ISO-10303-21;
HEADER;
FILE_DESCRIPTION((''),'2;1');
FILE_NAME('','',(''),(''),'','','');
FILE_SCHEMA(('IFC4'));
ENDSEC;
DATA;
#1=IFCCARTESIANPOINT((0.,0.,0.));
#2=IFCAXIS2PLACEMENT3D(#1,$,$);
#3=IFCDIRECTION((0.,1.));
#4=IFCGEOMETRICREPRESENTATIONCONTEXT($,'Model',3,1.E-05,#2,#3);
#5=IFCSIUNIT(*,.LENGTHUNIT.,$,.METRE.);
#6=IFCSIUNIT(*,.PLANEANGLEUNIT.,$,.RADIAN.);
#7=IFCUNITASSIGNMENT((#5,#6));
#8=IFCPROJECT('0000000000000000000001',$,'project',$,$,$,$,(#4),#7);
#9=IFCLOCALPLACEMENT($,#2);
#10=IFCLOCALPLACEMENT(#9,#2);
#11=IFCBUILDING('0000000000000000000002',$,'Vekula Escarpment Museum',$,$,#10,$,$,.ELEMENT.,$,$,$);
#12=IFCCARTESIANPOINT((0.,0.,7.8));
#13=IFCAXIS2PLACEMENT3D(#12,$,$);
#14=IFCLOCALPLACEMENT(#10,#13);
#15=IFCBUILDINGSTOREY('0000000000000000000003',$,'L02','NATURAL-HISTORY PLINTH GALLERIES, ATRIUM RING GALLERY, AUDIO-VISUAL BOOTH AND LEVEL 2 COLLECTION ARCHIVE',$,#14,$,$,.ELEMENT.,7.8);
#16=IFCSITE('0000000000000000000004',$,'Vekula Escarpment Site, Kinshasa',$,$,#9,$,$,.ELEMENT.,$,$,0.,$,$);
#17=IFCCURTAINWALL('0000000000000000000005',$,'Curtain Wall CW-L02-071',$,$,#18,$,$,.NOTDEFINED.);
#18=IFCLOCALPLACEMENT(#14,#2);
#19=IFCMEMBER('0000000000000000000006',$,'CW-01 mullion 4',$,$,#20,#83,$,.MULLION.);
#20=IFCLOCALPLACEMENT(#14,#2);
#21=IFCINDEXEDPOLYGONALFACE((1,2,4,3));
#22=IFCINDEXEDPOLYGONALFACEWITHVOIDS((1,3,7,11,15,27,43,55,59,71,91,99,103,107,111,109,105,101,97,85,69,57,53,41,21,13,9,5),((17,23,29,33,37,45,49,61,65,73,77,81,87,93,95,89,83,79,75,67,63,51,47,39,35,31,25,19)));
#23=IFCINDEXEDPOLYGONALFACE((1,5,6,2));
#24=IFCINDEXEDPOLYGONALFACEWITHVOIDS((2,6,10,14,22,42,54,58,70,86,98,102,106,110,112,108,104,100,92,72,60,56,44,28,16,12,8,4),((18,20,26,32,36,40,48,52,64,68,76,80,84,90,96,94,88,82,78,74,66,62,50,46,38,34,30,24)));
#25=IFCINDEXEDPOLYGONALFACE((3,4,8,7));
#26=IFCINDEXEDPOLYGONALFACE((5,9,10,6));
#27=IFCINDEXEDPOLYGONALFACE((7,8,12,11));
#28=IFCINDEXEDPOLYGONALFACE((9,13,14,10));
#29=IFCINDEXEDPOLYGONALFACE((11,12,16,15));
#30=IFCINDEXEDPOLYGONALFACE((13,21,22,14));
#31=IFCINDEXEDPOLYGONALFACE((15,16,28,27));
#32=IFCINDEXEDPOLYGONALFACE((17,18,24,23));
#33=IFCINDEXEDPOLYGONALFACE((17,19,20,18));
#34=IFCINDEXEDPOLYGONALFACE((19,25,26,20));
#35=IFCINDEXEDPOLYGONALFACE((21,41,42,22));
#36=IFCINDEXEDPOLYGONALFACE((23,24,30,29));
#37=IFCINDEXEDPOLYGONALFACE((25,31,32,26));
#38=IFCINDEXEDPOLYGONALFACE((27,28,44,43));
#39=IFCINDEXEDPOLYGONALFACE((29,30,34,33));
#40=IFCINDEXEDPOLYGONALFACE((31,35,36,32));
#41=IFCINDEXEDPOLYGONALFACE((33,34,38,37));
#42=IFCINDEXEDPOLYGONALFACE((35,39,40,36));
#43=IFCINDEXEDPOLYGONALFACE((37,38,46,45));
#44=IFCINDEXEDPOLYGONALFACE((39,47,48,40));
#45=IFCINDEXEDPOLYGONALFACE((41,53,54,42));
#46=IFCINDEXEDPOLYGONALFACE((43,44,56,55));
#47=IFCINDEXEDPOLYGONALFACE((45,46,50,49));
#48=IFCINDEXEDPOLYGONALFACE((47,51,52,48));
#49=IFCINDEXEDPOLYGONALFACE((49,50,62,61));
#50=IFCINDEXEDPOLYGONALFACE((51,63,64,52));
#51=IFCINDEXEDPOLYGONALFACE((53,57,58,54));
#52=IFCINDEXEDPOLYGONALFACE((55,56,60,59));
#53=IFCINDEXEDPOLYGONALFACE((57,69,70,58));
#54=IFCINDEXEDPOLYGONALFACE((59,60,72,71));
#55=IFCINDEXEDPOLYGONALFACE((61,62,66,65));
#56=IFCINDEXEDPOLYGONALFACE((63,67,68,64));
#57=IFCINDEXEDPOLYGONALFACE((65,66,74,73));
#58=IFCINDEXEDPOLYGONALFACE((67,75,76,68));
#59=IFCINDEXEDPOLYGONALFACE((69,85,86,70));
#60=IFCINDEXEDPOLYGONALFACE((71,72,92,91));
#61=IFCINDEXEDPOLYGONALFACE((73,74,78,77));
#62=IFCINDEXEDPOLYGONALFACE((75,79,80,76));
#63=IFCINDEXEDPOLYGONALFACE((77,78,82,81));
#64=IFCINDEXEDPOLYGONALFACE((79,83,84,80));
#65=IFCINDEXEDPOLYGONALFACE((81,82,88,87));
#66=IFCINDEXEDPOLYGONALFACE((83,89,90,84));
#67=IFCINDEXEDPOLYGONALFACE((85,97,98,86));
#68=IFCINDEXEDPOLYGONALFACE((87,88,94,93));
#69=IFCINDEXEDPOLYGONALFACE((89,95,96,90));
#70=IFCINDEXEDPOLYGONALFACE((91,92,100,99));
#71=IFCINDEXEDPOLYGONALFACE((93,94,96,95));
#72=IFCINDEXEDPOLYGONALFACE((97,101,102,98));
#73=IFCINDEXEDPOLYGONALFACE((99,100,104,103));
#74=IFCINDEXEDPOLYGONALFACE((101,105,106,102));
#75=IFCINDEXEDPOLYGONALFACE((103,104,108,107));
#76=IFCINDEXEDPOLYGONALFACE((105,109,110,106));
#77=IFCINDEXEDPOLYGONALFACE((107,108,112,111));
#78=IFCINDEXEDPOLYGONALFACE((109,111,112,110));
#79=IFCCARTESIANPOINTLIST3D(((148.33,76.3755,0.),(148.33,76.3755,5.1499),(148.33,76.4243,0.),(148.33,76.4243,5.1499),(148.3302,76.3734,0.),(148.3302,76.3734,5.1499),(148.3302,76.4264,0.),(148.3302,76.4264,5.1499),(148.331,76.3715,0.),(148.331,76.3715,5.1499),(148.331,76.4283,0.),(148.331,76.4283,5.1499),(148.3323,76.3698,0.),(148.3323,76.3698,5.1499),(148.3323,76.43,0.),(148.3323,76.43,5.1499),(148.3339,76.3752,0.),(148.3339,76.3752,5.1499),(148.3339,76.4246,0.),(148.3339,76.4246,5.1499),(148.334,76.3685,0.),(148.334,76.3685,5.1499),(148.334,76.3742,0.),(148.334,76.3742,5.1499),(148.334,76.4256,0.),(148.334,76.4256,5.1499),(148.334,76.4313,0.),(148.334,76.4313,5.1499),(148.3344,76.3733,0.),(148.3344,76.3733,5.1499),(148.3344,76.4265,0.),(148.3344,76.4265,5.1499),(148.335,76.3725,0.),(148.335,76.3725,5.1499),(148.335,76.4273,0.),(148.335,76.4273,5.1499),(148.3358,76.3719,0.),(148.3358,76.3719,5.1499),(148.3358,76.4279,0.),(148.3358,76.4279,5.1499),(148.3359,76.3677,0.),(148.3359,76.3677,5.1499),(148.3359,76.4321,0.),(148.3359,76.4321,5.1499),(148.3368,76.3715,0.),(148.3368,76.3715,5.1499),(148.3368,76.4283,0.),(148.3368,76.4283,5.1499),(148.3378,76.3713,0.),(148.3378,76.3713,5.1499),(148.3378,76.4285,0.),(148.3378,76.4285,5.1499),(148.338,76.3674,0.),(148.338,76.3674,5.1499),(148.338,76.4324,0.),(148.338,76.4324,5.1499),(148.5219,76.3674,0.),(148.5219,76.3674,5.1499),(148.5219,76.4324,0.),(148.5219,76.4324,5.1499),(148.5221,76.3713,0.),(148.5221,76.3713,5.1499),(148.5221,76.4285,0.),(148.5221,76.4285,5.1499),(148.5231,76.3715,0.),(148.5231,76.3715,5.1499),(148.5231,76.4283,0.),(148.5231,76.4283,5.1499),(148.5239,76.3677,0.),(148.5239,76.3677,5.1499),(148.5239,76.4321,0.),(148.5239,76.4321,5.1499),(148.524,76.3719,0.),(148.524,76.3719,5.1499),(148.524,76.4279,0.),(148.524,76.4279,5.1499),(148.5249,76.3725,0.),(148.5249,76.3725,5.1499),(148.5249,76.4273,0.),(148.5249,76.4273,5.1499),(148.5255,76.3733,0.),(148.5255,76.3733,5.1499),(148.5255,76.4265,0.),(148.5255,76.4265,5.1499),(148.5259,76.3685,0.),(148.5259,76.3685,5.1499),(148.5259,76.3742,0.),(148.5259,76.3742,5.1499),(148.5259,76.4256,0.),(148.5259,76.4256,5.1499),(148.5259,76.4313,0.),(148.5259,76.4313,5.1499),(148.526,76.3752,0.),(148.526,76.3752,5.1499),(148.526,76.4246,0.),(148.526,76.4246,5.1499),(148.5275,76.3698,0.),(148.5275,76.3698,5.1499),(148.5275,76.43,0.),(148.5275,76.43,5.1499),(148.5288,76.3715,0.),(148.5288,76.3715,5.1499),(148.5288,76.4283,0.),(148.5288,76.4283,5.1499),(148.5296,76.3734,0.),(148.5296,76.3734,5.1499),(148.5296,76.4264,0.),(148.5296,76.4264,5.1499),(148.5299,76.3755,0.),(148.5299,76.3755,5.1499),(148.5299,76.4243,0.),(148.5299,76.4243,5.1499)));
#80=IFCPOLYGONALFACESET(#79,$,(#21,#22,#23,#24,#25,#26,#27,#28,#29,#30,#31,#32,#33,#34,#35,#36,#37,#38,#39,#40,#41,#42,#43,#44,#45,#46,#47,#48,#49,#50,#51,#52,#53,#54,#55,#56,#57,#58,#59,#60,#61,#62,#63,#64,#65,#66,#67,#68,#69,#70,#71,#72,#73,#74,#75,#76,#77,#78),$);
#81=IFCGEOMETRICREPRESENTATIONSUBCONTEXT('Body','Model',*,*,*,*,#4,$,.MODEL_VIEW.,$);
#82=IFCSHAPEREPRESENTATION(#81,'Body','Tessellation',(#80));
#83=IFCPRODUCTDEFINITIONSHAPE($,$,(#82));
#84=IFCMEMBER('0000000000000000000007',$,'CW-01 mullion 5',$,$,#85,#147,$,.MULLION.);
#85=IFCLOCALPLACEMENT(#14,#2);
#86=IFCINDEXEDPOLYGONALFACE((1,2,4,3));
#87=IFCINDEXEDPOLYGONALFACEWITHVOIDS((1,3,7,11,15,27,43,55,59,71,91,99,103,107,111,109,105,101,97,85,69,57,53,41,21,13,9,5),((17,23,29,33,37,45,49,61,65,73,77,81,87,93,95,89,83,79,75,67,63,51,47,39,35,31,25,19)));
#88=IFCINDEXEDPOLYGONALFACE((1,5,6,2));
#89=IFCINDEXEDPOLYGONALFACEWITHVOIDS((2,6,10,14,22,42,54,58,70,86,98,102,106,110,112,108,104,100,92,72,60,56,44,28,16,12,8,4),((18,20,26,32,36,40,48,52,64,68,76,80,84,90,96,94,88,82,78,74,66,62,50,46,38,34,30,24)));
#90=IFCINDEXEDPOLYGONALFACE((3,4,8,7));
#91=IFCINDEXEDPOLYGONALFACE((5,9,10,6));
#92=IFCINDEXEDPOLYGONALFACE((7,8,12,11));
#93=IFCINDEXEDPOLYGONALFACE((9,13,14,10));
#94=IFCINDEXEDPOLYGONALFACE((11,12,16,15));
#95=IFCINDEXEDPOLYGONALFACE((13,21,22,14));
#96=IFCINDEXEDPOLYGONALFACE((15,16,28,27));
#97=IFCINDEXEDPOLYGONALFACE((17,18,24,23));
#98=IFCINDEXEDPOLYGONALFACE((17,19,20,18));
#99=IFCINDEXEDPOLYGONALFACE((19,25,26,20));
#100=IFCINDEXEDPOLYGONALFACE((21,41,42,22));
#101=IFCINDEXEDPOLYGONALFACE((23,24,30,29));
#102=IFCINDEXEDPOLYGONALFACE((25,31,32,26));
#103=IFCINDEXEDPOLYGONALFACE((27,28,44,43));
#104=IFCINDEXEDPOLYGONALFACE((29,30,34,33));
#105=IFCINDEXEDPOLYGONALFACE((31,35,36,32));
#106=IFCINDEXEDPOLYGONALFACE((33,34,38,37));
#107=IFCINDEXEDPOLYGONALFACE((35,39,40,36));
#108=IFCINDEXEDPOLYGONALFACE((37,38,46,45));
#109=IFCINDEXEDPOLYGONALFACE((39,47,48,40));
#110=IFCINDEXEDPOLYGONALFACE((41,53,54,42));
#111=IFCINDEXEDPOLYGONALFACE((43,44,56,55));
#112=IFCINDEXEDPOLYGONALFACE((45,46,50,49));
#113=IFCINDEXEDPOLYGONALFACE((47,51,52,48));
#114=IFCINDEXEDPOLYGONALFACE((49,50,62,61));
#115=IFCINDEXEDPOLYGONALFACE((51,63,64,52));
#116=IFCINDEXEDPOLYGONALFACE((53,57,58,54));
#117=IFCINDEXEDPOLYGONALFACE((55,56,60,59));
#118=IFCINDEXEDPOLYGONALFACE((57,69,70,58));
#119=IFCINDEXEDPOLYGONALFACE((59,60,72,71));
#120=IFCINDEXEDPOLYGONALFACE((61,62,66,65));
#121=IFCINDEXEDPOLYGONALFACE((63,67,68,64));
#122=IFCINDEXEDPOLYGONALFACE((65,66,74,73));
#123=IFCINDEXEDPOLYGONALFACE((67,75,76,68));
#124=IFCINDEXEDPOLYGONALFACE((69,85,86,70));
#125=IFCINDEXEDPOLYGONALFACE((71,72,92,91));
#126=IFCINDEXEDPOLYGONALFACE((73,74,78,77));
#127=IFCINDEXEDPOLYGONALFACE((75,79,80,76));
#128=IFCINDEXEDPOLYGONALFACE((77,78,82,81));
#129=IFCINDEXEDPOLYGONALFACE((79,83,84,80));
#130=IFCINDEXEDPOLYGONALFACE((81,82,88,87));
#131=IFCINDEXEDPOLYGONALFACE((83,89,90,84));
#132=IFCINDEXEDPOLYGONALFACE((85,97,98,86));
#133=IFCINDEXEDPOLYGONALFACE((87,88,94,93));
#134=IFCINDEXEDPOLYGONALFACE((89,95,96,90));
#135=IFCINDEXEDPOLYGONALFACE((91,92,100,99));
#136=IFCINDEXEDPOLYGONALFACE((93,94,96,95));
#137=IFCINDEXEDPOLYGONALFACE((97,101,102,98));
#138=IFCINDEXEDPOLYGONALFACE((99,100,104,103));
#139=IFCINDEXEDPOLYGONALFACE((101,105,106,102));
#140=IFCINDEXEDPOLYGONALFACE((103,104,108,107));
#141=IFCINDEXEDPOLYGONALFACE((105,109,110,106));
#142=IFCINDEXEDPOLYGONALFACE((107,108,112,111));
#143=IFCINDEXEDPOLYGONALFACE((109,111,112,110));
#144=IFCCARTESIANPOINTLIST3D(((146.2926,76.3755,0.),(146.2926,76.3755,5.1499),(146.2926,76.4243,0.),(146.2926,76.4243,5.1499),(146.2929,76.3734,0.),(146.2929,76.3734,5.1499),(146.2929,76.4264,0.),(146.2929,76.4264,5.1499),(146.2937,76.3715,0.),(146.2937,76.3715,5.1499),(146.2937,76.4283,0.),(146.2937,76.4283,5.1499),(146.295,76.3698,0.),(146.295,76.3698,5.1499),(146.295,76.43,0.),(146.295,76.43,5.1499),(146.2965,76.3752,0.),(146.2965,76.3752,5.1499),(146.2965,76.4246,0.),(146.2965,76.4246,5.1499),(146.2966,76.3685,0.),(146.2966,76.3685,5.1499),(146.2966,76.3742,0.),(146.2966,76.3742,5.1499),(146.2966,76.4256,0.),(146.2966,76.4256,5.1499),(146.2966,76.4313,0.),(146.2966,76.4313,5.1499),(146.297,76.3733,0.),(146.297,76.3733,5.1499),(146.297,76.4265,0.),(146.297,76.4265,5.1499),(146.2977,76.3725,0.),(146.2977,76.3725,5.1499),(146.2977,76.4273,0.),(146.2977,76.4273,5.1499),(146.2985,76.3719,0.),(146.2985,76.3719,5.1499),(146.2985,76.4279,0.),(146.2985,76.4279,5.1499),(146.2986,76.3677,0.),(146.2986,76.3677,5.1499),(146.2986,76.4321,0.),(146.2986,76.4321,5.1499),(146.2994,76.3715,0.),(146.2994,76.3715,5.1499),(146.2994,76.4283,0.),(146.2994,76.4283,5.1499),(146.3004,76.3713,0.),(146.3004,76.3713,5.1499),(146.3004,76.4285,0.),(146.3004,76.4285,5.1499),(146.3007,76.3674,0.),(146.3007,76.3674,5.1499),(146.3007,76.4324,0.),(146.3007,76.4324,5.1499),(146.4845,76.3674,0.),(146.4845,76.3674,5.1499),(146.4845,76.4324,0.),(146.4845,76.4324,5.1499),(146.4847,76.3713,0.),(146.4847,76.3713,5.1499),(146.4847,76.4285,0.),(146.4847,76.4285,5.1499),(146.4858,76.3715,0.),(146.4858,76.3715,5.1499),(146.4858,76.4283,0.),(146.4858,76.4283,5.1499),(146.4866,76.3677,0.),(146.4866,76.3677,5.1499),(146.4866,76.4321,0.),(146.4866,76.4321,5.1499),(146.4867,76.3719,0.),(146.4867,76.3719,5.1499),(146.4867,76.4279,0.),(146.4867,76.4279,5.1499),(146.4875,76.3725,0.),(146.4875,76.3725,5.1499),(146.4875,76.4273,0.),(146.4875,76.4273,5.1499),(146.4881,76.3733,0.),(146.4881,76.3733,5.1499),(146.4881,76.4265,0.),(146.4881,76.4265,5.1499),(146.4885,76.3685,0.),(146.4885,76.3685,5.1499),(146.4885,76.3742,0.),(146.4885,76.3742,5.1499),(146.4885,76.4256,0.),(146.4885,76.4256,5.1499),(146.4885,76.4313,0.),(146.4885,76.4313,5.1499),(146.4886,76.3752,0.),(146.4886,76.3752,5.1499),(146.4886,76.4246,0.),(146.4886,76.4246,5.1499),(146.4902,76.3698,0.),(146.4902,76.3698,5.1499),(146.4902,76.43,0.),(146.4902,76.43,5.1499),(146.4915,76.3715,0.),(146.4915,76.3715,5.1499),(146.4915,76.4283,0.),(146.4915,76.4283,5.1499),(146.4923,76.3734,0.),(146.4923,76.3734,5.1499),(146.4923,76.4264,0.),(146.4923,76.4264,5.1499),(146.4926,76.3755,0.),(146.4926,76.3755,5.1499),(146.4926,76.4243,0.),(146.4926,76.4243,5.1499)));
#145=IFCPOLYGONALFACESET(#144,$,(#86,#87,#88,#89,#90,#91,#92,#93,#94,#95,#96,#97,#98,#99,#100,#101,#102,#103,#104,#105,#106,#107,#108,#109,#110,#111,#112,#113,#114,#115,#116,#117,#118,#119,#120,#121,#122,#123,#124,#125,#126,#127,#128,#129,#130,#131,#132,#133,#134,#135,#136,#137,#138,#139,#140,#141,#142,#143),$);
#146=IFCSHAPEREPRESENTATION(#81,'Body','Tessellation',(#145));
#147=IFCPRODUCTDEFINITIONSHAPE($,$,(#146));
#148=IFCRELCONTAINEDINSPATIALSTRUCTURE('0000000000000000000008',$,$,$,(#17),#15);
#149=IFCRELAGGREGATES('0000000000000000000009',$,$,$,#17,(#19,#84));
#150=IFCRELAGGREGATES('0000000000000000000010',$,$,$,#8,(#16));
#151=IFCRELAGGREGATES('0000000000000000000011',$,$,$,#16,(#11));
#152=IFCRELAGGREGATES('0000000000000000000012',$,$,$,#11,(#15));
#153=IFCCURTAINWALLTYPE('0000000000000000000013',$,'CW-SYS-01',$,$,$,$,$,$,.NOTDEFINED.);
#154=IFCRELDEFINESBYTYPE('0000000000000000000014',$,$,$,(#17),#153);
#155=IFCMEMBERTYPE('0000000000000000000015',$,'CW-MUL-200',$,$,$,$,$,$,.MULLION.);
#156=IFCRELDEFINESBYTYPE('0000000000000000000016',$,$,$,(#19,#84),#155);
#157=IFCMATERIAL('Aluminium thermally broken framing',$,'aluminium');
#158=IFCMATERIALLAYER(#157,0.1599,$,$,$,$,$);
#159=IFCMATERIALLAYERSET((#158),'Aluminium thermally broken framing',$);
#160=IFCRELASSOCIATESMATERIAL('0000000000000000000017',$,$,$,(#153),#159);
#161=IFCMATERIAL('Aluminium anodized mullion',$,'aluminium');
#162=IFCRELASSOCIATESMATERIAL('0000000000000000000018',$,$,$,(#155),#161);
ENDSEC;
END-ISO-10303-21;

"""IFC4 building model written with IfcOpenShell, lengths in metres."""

from ifc_helpers import new_model, si_unit, direction, frame, origin, origin_2d, place, context, subcontext, project, spatial, hollow_rectangle, extrude, material, layer, layer_set, material_profile, profile_set, type_object, element, aggregate, save


model = new_model("IFC4")

# Units and contexts
model_context = context("Model", 3, precision=1e-05, world=origin(), true_north=direction((0.0, 1.0)))
body_context = subcontext(model_context, "Body", "Model", "MODEL_VIEW")
ifc_project = project(units=[si_unit("LENGTHUNIT", "METRE"), si_unit("PLANEANGLEUNIT", "RADIAN")], contexts=[model_context])

# Site, building, storey
site_placement = place(None, origin())
site = spatial("IfcSite", under=ifc_project, at=site_placement, Name="Vekula Escarpment Site, Kinshasa", CompositionType="ELEMENT", RefElevation=0.0)
building_placement = place(site_placement, origin())
building = spatial("IfcBuilding", under=site, at=building_placement, Name="Vekula Escarpment Museum", CompositionType="ELEMENT")
storey_placement = place(building_placement, frame((0.0, 0.0, 7.8)))
storey = spatial("IfcBuildingStorey", under=building, at=storey_placement, Name="L02", Description="NATURAL-HISTORY PLINTH GALLERIES, ATRIUM RING GALLERY, AUDIO-VISUAL BOOTH AND LEVEL 2 COLLECTION ARCHIVE", CompositionType="ELEMENT", Elevation=7.8)

# Curtain wall, members
ifc_material_1 = material(Name="Aluminium thermally broken framing", Category="aluminium")
ifc_layer_1 = layer(ifc_material_1, 0.1599)
ifc_layer_set_1 = layer_set([ifc_layer_1], Name="Aluminium thermally broken framing")
curtain_wall_type_1 = type_object("IfcCurtainWallType", Name="CW-SYS-01", PredefinedType="NOTDEFINED", material=ifc_layer_set_1)
curtain_wall_1_placement = place(storey_placement, origin())
curtain_wall_1 = element("IfcCurtainWall", 1, at=curtain_wall_1_placement, inside=storey, type_object=curtain_wall_type_1, Name="Curtain Wall CW-L02-071", PredefinedType="NOTDEFINED")
ifc_material_2 = material(Name="Aluminium anodized mullion", Category="aluminium")
ifc_material_profile_1 = material_profile(ifc_material_2, hollow_rectangle(XDim=0.0649, YDim=0.2, WallThickness=0.0039, InnerFilletRadius=0.0039, OuterFilletRadius=0.0081, at=origin_2d()), Name="ALU 200x65x4")
ifc_profile_set_1 = profile_set([ifc_material_profile_1], Name="Aluminium anodized mullion")
member_type_1 = type_object("IfcMemberType", Name="CW-MUL-200", PredefinedType="MULLION", material=ifc_profile_set_1)
member_1_placement = place(storey_placement, frame((148.4299, 76.3999, 0.0), z_axis=(0.0, 0.0, 1.0), x_axis=(0.0, -1.0, 0.0)))
member_1 = element("IfcMember", 2, at=member_1_placement, type_object=member_type_1, Name="CW-01 mullion 4", PredefinedType="MULLION", context=body_context, shape_type="SweptSolid", body=[
    extrude(hollow_rectangle(XDim=0.0649, YDim=0.2, WallThickness=0.0039, InnerFilletRadius=0.0039, OuterFilletRadius=0.0081, at=origin_2d()), origin(), (0.0, 0.0, 1.0), 5.1499),
])
member_2_placement = place(storey_placement, frame((146.3926, 76.3999, 0.0), z_axis=(0.0, 0.0, 1.0), x_axis=(0.0, -1.0, 0.0)))
member_2 = element("IfcMember", 3, at=member_2_placement, type_object=member_type_1, Name="CW-01 mullion 5", PredefinedType="MULLION", context=body_context, shape_type="SweptSolid", body=[
    extrude(hollow_rectangle(XDim=0.0649, YDim=0.2, WallThickness=0.0039, InnerFilletRadius=0.0039, OuterFilletRadius=0.0081, at=origin_2d()), origin(), (0.0, 0.0, 1.0), 5.1499),
])

aggregate(curtain_wall_1, [member_1, member_2])

save(model, "model.ifc")
